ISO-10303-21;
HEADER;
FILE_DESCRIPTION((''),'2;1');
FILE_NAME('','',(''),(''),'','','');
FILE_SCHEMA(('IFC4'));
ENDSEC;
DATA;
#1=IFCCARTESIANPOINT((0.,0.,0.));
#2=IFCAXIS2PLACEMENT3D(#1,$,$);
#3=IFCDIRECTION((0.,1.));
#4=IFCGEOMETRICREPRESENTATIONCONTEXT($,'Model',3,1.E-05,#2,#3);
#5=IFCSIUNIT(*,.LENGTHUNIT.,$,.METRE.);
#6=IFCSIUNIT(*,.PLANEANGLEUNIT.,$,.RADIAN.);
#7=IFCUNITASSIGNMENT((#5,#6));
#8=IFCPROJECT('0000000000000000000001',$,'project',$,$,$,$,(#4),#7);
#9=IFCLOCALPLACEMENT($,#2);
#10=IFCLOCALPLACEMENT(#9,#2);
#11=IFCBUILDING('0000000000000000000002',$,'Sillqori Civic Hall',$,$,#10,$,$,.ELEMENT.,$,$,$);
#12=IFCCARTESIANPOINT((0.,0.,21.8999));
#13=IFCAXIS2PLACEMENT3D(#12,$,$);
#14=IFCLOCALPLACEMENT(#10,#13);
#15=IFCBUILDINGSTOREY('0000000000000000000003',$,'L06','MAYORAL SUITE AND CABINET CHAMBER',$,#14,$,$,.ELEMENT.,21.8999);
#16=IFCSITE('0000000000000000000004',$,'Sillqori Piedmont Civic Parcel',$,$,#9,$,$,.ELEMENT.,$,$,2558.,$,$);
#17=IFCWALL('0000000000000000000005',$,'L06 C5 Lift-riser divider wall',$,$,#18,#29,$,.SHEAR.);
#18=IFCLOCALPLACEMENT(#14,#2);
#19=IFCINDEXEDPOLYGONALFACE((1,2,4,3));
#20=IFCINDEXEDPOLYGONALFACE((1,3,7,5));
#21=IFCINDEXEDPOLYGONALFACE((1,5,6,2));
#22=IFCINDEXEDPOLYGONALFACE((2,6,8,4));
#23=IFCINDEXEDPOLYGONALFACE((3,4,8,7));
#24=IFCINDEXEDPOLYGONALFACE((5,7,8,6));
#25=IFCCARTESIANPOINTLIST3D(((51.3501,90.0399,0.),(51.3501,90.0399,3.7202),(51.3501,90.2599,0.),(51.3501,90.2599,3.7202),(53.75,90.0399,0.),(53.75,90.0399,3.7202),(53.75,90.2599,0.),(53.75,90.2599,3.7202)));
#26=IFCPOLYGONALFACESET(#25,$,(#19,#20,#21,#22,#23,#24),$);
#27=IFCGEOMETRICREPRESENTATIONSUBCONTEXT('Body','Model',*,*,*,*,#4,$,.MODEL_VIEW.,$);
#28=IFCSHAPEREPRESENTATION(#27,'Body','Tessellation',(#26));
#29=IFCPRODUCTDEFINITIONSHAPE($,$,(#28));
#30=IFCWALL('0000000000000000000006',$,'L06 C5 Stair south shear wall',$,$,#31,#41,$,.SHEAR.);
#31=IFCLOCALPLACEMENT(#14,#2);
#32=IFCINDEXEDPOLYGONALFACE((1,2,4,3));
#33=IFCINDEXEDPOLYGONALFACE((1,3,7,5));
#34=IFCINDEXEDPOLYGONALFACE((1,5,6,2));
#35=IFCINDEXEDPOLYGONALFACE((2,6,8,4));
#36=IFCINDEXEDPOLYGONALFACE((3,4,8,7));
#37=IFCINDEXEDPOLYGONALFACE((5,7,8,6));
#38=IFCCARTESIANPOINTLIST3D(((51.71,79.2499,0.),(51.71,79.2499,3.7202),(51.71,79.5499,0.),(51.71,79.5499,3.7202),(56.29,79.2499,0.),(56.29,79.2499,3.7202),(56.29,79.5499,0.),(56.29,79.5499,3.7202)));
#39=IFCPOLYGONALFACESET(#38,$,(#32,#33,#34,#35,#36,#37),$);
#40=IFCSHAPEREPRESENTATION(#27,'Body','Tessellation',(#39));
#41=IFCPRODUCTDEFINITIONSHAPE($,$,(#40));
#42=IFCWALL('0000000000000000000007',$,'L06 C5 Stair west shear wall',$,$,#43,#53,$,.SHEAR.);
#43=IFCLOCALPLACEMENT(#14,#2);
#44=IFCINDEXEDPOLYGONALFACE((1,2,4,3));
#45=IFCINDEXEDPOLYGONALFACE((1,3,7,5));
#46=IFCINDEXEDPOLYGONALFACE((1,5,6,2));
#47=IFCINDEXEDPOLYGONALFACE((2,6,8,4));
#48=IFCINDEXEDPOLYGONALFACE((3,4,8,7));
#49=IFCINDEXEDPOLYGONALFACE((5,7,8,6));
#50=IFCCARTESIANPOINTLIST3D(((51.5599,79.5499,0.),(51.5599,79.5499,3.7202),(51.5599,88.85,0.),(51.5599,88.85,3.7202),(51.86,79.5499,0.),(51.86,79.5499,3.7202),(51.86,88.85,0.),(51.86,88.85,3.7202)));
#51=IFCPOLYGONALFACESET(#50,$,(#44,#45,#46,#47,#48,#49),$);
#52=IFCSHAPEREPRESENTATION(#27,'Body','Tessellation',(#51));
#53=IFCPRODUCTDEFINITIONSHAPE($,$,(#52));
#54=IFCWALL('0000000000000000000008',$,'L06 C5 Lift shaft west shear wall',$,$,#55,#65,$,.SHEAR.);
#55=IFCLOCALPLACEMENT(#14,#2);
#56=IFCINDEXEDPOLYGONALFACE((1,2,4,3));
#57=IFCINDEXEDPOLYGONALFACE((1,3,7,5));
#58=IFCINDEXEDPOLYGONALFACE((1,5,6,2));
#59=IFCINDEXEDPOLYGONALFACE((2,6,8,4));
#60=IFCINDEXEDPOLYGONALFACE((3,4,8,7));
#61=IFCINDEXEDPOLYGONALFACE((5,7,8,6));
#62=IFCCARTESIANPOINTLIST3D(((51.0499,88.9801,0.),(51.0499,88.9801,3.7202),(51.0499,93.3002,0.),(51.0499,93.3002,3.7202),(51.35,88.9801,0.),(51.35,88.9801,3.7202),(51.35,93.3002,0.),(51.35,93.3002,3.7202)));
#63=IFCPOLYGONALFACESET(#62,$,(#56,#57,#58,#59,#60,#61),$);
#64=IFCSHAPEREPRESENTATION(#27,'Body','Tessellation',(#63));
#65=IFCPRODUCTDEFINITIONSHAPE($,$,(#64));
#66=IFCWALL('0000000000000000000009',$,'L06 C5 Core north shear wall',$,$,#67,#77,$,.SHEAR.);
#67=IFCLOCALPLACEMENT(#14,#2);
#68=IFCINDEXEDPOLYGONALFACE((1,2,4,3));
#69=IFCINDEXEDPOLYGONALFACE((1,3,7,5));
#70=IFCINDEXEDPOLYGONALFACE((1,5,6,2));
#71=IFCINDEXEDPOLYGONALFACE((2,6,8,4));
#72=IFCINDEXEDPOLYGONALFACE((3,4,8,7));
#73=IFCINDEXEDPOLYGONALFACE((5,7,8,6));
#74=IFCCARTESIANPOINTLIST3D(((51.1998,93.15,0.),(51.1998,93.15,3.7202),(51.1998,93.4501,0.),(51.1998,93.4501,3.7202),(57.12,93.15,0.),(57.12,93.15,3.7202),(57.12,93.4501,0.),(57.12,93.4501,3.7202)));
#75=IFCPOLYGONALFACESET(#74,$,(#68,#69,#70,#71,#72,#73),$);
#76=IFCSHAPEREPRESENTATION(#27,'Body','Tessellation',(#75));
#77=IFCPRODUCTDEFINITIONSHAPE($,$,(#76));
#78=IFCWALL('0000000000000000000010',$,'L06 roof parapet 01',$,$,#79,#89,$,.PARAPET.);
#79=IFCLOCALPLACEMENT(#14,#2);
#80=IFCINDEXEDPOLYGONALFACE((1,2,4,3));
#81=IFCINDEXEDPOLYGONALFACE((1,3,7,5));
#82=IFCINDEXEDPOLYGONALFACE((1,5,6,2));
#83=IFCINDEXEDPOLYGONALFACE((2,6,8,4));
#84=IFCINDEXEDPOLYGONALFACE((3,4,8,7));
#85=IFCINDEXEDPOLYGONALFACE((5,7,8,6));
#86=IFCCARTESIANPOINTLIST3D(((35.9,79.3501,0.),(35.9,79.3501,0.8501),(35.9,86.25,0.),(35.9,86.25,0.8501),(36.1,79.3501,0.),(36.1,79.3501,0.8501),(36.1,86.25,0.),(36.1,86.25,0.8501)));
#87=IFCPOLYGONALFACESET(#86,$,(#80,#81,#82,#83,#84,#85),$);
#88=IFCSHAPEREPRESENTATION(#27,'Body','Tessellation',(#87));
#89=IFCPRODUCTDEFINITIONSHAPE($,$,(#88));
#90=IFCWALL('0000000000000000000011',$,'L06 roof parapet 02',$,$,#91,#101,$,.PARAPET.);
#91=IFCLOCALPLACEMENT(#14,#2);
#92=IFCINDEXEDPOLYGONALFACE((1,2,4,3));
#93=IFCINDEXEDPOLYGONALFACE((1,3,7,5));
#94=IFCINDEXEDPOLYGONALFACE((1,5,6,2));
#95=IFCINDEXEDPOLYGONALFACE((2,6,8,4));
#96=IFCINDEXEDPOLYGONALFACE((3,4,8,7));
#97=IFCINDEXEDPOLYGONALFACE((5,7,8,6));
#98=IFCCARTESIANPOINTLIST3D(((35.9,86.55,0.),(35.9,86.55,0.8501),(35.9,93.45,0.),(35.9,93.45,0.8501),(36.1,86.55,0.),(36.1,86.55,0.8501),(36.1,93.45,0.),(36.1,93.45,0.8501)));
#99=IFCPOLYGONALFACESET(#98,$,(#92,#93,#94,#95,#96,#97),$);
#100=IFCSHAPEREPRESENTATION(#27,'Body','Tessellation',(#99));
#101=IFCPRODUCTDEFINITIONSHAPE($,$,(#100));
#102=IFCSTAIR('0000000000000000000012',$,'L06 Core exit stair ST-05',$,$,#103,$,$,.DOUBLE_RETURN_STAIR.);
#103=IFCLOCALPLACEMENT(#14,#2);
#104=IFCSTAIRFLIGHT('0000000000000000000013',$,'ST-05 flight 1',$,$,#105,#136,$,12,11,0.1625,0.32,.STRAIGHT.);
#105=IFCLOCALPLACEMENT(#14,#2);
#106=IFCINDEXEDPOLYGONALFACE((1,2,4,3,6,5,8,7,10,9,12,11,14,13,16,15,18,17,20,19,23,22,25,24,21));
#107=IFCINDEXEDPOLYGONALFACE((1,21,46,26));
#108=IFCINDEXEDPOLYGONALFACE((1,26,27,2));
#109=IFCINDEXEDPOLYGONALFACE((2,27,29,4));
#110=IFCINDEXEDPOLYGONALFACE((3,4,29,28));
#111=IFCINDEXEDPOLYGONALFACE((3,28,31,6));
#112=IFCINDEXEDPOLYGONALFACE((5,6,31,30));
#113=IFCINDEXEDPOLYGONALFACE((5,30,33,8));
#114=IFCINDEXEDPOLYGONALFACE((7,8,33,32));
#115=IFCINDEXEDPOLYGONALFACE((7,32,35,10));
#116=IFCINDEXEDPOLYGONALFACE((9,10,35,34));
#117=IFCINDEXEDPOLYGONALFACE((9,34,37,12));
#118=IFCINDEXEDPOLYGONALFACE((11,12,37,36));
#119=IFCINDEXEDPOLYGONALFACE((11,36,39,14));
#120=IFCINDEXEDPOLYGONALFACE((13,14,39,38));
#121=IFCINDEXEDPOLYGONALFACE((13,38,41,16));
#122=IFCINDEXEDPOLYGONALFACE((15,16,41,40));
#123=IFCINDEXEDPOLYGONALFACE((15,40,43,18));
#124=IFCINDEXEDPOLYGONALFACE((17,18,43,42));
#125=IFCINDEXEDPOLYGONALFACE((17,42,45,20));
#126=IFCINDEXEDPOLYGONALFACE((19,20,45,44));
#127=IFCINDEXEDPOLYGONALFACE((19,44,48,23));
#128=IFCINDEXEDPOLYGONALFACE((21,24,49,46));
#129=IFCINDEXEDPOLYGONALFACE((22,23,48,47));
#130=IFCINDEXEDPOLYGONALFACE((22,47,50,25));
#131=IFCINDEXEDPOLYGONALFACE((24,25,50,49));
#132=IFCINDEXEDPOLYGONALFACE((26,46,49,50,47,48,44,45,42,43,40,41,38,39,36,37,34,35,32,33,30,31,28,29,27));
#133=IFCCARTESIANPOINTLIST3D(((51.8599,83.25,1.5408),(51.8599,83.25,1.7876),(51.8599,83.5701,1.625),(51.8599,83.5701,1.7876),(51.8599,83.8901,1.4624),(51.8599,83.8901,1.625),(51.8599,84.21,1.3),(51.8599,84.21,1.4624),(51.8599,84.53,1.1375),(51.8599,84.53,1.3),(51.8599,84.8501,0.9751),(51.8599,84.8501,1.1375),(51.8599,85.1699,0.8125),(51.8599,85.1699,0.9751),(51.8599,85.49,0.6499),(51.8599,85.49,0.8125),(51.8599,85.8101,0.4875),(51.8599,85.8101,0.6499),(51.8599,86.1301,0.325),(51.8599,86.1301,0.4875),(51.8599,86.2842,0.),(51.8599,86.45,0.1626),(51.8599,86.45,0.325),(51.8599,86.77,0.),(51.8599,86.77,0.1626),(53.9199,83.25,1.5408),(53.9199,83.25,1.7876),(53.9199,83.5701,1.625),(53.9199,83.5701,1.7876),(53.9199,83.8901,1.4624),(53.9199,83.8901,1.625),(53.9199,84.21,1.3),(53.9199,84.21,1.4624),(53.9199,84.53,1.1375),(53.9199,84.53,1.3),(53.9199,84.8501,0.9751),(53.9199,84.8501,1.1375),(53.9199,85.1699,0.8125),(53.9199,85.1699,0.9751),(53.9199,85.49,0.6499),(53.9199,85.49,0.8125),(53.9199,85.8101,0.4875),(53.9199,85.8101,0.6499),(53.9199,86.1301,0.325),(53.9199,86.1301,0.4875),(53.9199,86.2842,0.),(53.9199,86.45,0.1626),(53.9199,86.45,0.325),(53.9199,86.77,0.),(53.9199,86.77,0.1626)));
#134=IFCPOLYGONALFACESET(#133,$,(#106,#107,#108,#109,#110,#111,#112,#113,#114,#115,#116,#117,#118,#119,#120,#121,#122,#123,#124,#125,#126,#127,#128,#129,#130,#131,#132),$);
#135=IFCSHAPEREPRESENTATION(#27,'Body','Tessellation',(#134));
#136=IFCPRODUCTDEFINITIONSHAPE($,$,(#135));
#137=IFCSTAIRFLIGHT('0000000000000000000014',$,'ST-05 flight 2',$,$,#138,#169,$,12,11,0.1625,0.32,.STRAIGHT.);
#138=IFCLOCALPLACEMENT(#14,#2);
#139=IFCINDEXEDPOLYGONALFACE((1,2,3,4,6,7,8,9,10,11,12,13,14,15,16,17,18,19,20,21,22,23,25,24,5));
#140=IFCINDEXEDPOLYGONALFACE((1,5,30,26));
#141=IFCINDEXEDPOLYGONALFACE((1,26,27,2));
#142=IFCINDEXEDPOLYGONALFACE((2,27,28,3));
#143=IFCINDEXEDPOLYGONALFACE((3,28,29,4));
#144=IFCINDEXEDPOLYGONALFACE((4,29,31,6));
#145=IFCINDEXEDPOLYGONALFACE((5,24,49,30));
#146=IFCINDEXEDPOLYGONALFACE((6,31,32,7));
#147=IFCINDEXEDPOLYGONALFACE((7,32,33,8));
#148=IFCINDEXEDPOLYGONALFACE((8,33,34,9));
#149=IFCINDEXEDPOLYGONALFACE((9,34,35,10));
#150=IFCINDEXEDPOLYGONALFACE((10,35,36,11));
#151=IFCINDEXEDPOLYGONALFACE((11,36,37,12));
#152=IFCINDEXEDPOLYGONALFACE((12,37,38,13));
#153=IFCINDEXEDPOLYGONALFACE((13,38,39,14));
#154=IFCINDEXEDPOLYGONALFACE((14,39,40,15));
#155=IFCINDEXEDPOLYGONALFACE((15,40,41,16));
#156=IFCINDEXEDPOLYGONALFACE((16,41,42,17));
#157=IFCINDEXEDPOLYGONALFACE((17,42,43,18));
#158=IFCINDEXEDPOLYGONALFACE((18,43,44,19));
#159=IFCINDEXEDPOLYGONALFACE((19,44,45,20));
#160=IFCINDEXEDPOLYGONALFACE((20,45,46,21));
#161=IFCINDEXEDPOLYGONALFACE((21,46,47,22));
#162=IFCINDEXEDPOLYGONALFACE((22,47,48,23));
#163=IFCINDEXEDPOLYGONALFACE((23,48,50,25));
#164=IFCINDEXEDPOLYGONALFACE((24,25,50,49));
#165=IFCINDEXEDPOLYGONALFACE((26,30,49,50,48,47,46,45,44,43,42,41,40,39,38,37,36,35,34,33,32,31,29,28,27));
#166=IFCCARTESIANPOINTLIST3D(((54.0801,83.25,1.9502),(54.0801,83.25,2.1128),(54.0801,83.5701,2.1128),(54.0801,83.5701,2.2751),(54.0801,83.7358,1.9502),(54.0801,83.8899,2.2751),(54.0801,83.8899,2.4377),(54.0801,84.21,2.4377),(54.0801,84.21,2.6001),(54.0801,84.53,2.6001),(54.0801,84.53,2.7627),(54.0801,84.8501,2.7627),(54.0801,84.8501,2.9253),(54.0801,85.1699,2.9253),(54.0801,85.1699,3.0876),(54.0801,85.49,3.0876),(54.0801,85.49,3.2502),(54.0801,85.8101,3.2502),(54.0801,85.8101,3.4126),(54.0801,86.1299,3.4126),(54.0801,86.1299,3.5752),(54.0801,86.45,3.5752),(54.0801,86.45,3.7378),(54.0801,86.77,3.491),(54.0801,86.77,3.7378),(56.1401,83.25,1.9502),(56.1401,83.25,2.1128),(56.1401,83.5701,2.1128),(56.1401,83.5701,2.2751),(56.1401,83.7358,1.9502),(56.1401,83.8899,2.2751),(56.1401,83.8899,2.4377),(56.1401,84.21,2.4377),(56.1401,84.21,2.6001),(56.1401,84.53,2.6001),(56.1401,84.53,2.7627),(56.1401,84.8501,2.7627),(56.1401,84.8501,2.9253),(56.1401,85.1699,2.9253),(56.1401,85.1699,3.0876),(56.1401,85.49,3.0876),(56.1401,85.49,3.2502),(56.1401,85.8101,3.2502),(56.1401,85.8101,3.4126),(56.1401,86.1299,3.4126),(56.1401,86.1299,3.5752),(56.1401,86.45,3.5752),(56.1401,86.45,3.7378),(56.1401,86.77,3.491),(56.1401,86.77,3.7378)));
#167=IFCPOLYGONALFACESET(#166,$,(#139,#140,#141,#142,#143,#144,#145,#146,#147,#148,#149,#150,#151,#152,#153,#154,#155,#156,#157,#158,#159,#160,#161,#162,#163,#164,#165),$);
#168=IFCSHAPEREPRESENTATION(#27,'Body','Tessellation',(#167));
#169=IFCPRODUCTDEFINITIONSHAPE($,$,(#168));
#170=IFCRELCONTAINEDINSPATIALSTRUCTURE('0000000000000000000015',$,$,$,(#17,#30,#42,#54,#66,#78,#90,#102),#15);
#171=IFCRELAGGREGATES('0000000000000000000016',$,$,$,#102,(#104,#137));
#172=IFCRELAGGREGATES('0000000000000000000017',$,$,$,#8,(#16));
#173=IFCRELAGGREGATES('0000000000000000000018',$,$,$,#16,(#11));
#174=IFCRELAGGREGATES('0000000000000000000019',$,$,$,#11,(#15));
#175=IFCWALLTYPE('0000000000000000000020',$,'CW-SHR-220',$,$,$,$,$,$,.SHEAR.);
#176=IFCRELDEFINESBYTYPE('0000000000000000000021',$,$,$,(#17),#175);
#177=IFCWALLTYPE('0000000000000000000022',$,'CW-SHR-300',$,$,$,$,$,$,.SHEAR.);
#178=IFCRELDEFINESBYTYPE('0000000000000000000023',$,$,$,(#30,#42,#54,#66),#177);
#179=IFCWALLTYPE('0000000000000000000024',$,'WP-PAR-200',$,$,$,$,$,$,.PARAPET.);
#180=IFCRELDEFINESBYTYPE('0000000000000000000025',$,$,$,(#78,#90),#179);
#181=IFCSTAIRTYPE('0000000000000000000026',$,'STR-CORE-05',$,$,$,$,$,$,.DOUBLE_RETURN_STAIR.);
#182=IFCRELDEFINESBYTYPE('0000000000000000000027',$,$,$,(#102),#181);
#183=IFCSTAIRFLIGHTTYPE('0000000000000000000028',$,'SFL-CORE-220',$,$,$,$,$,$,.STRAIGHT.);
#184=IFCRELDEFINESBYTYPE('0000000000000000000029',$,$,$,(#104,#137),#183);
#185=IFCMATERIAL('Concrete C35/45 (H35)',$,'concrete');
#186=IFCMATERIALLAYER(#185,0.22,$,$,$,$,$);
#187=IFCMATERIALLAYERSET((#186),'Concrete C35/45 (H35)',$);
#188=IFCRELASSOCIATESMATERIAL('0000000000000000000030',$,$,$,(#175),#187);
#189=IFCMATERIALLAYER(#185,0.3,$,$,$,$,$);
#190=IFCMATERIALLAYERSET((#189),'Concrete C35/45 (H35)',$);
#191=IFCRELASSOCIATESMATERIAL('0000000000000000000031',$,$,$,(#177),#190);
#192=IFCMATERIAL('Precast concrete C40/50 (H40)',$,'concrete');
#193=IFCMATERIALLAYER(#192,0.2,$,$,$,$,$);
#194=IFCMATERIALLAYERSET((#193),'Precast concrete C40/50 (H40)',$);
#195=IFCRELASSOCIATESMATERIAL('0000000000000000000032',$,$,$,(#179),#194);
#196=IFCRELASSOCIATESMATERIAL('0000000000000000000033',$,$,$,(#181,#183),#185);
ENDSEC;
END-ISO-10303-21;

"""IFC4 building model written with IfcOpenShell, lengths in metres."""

from ifc_helpers import new_model, si_unit, direction, frame, frame_2d, origin, place, context, subcontext, project, spatial, polyline, rectangle, outline, extrude, material, layer, layer_set, type_object, element, aggregate, save


model = new_model("IFC4")

# Units and contexts
model_context = context("Model", 3, precision=1e-05, world=origin(), true_north=direction((0.0, 1.0)))
body_context = subcontext(model_context, "Body", "Model", "MODEL_VIEW")
ifc_project = project(units=[si_unit("LENGTHUNIT", "METRE"), si_unit("PLANEANGLEUNIT", "RADIAN")], contexts=[model_context])

# Site, building, storey
site_placement = place(None, origin())
site = spatial("IfcSite", under=ifc_project, at=site_placement, Name="Sillqori Piedmont Civic Parcel", CompositionType="ELEMENT", RefElevation=2558.0)
building_placement = place(site_placement, origin())
building = spatial("IfcBuilding", under=site, at=building_placement, Name="Sillqori Civic Hall", CompositionType="ELEMENT")
storey_placement = place(building_placement, frame((0.0, 0.0, 21.8999)))
storey = spatial("IfcBuildingStorey", under=building, at=storey_placement, Name="L06", Description="MAYORAL SUITE AND CABINET CHAMBER", CompositionType="ELEMENT", Elevation=21.8999)

# Shared definitions
ifc_material_1 = material(Name="Concrete C35/45 (H35)", Category="concrete")

# Wall
ifc_layer_1 = layer(ifc_material_1, 0.22)
ifc_layer_set_1 = layer_set([ifc_layer_1], Name="Concrete C35/45 (H35)")
wall_type_1 = type_object("IfcWallType", Name="CW-SHR-220", PredefinedType="SHEAR", material=ifc_layer_set_1)
wall_1_placement = place(storey_placement, frame((51.3501, 90.1499, 0.0), z_axis=(0.0, 0.0, 1.0), x_axis=(1.0, 0.0, 0.0)))
element("IfcWall", 1, at=wall_1_placement, inside=storey, type_object=wall_type_1, Name="L06 C5 Lift-riser divider wall", PredefinedType="SHEAR", context=body_context, shape_type="SweptSolid", body=[
    extrude(rectangle(XDim=2.3999, YDim=0.22, at=frame_2d((1.2, 0.0))), origin(), (0.0, 0.0, 1.0), 3.7202),
])

# Walls
ifc_layer_2 = layer(ifc_material_1, 0.3)
ifc_layer_set_2 = layer_set([ifc_layer_2], Name="Concrete C35/45 (H35)")
wall_type_2 = type_object("IfcWallType", Name="CW-SHR-300", PredefinedType="SHEAR", material=ifc_layer_set_2)
wall_2_placement = place(storey_placement, frame((51.71, 79.3999, 0.0), z_axis=(0.0, 0.0, 1.0), x_axis=(1.0, 0.0, 0.0)))
element("IfcWall", 2, at=wall_2_placement, inside=storey, type_object=wall_type_2, Name="L06 C5 Stair south shear wall", PredefinedType="SHEAR", context=body_context, shape_type="SweptSolid", body=[
    extrude(rectangle(XDim=4.5801, YDim=0.3, at=frame_2d((2.29, 0.0))), origin(), (0.0, 0.0, 1.0), 3.7202),
])
wall_3_placement = place(storey_placement, frame((51.71, 79.55, 0.0), z_axis=(0.0, 0.0, 1.0), x_axis=(0.0, 1.0, 0.0)))
element("IfcWall", 3, at=wall_3_placement, inside=storey, type_object=wall_type_2, Name="L06 C5 Stair west shear wall", PredefinedType="SHEAR", context=body_context, shape_type="SweptSolid", body=[
    extrude(rectangle(XDim=9.3, YDim=0.3, at=frame_2d((4.6499, 0.0))), origin(), (0.0, 0.0, 1.0), 3.7202),
])
wall_4_placement = place(storey_placement, frame((51.2, 88.98, 0.0), z_axis=(0.0, 0.0, 1.0), x_axis=(0.0, 1.0, 0.0)))
element("IfcWall", 4, at=wall_4_placement, inside=storey, type_object=wall_type_2, Name="L06 C5 Lift shaft west shear wall", PredefinedType="SHEAR", context=body_context, shape_type="SweptSolid", body=[
    extrude(rectangle(XDim=4.3201, YDim=0.3, at=frame_2d((2.1602, 0.0))), origin(), (0.0, 0.0, 1.0), 3.7202),
])
wall_5_placement = place(storey_placement, frame((51.2, 93.3, 0.0), z_axis=(0.0, 0.0, 1.0), x_axis=(1.0, 0.0, 0.0)))
element("IfcWall", 5, at=wall_5_placement, inside=storey, type_object=wall_type_2, Name="L06 C5 Core north shear wall", PredefinedType="SHEAR", context=body_context, shape_type="SweptSolid", body=[
    extrude(rectangle(XDim=5.9202, YDim=0.3, at=frame_2d((2.96, 0.0))), origin(), (0.0, 0.0, 1.0), 3.7202),
])
ifc_material_2 = material(Name="Precast concrete C40/50 (H40)", Category="concrete")
ifc_layer_3 = layer(ifc_material_2, 0.2)
ifc_layer_set_3 = layer_set([ifc_layer_3], Name="Precast concrete C40/50 (H40)")
wall_type_3 = type_object("IfcWallType", Name="WP-PAR-200", PredefinedType="PARAPET", material=ifc_layer_set_3)
for number, where, z_axis, x_axis, name in (
    (6, (36.0, 79.3501, 0.0), (0.0, 0.0, 1.0), (0.0, 1.0, 0.0), "L06 roof parapet 01"),
    (7, (36.0, 86.55, 0.0), (0.0, 0.0, 1.0), (0.0, 1.0, 0.0), "L06 roof parapet 02"),
):
    element("IfcWall", number, at=place(storey_placement, frame(where, z_axis=z_axis, x_axis=x_axis)), inside=storey, type_object=wall_type_3, Name=name, PredefinedType="PARAPET", context=body_context, shape_type="SweptSolid", body=[
        extrude(rectangle(XDim=6.8999, YDim=0.2, at=frame_2d((3.45, 0.0))), origin(), (0.0, 0.0, 1.0), 0.8501),
    ])

# Stair, stair flights
stair_type = type_object("IfcStairType", Name="STR-CORE-05", PredefinedType="DOUBLE_RETURN_STAIR", material=ifc_material_1)
stair_placement = place(storey_placement, origin())
stair = element("IfcStair", 8, at=stair_placement, inside=storey, type_object=stair_type, Name="L06 Core exit stair ST-05", PredefinedType="DOUBLE_RETURN_STAIR")
stair_flight_type = type_object("IfcStairFlightType", Name="SFL-CORE-220", PredefinedType="STRAIGHT", material=ifc_material_1)
stair_flight_1_placement = place(storey_placement, frame((52.8899, 86.77, 0.0), z_axis=(0.0, 0.0, 1.0), x_axis=(0.0, -1.0, 0.0)))
stair_flight_1 = element("IfcStairFlight", 9, at=stair_flight_1_placement, type_object=stair_flight_type, Name="ST-05 flight 1", NumberOfRisers=12, NumberOfTreads=11, PredefinedType="STRAIGHT", RiserHeight=0.1625, TreadLength=0.32, context=body_context, shape_type="SweptSolid", body=[
    extrude(outline(polyline([(0.0, 0.0), (0.0, 0.1626), (0.3201, 0.1626), (0.3201, 0.325), (0.6399, 0.325), (0.6399, 0.4875), (0.96, 0.4875), (0.96, 0.6499), (1.28, 0.6499), (1.28, 0.8125), (1.6001, 0.8125), (1.6001, 0.9751), (1.9199, 0.9751), (1.9199, 1.1375), (2.24, 1.1375), (2.24, 1.3), (2.5601, 1.3), (2.5601, 1.4624), (2.8799, 1.4624), (2.8799, 1.625), (3.2, 1.625), (3.2, 1.7876), (3.52, 1.7876), (3.52, 1.95), (3.52, 1.5408), (0.4858, 0.0), (0.0, 0.0)])), frame((0.0, 1.03, 0.0), z_axis=(0.0, -1.0, 0.0), x_axis=(1.0, 0.0, 0.0)), (0.0, 0.0, 1.0), 2.0601),
])
stair_flight_2_placement = place(storey_placement, frame((55.1101, 83.25, 1.9502), z_axis=(0.0, 0.0, 1.0), x_axis=(0.0, 1.0, 0.0)))
stair_flight_2 = element("IfcStairFlight", 10, at=stair_flight_2_placement, type_object=stair_flight_type, Name="ST-05 flight 2", NumberOfRisers=12, NumberOfTreads=11, PredefinedType="STRAIGHT", RiserHeight=0.1625, TreadLength=0.32, context=body_context, shape_type="SweptSolid", body=[
    extrude(outline(polyline([(0.0, 0.0), (0.0, 0.1626), (0.3201, 0.1626), (0.3201, 0.325), (0.6399, 0.325), (0.6399, 0.4875), (0.96, 0.4875), (0.96, 0.6499), (1.28, 0.6499), (1.28, 0.8125), (1.6001, 0.8125), (1.6001, 0.9751), (1.9199, 0.9751), (1.9199, 1.1375), (2.24, 1.1375), (2.24, 1.3), (2.5601, 1.3), (2.5601, 1.4624), (2.8799, 1.4624), (2.8799, 1.625), (3.2, 1.625), (3.2, 1.7876), (3.52, 1.7876), (3.52, 1.95), (3.52, 1.5408), (0.4858, 0.0), (0.0, 0.0)])), frame((0.0, 1.03, 0.0), z_axis=(0.0, -1.0, 0.0), x_axis=(1.0, 0.0, 0.0)), (0.0, 0.0, 1.0), 2.0601),
])
aggregate(stair, [stair_flight_1, stair_flight_2])

save(model, "model.ifc")
